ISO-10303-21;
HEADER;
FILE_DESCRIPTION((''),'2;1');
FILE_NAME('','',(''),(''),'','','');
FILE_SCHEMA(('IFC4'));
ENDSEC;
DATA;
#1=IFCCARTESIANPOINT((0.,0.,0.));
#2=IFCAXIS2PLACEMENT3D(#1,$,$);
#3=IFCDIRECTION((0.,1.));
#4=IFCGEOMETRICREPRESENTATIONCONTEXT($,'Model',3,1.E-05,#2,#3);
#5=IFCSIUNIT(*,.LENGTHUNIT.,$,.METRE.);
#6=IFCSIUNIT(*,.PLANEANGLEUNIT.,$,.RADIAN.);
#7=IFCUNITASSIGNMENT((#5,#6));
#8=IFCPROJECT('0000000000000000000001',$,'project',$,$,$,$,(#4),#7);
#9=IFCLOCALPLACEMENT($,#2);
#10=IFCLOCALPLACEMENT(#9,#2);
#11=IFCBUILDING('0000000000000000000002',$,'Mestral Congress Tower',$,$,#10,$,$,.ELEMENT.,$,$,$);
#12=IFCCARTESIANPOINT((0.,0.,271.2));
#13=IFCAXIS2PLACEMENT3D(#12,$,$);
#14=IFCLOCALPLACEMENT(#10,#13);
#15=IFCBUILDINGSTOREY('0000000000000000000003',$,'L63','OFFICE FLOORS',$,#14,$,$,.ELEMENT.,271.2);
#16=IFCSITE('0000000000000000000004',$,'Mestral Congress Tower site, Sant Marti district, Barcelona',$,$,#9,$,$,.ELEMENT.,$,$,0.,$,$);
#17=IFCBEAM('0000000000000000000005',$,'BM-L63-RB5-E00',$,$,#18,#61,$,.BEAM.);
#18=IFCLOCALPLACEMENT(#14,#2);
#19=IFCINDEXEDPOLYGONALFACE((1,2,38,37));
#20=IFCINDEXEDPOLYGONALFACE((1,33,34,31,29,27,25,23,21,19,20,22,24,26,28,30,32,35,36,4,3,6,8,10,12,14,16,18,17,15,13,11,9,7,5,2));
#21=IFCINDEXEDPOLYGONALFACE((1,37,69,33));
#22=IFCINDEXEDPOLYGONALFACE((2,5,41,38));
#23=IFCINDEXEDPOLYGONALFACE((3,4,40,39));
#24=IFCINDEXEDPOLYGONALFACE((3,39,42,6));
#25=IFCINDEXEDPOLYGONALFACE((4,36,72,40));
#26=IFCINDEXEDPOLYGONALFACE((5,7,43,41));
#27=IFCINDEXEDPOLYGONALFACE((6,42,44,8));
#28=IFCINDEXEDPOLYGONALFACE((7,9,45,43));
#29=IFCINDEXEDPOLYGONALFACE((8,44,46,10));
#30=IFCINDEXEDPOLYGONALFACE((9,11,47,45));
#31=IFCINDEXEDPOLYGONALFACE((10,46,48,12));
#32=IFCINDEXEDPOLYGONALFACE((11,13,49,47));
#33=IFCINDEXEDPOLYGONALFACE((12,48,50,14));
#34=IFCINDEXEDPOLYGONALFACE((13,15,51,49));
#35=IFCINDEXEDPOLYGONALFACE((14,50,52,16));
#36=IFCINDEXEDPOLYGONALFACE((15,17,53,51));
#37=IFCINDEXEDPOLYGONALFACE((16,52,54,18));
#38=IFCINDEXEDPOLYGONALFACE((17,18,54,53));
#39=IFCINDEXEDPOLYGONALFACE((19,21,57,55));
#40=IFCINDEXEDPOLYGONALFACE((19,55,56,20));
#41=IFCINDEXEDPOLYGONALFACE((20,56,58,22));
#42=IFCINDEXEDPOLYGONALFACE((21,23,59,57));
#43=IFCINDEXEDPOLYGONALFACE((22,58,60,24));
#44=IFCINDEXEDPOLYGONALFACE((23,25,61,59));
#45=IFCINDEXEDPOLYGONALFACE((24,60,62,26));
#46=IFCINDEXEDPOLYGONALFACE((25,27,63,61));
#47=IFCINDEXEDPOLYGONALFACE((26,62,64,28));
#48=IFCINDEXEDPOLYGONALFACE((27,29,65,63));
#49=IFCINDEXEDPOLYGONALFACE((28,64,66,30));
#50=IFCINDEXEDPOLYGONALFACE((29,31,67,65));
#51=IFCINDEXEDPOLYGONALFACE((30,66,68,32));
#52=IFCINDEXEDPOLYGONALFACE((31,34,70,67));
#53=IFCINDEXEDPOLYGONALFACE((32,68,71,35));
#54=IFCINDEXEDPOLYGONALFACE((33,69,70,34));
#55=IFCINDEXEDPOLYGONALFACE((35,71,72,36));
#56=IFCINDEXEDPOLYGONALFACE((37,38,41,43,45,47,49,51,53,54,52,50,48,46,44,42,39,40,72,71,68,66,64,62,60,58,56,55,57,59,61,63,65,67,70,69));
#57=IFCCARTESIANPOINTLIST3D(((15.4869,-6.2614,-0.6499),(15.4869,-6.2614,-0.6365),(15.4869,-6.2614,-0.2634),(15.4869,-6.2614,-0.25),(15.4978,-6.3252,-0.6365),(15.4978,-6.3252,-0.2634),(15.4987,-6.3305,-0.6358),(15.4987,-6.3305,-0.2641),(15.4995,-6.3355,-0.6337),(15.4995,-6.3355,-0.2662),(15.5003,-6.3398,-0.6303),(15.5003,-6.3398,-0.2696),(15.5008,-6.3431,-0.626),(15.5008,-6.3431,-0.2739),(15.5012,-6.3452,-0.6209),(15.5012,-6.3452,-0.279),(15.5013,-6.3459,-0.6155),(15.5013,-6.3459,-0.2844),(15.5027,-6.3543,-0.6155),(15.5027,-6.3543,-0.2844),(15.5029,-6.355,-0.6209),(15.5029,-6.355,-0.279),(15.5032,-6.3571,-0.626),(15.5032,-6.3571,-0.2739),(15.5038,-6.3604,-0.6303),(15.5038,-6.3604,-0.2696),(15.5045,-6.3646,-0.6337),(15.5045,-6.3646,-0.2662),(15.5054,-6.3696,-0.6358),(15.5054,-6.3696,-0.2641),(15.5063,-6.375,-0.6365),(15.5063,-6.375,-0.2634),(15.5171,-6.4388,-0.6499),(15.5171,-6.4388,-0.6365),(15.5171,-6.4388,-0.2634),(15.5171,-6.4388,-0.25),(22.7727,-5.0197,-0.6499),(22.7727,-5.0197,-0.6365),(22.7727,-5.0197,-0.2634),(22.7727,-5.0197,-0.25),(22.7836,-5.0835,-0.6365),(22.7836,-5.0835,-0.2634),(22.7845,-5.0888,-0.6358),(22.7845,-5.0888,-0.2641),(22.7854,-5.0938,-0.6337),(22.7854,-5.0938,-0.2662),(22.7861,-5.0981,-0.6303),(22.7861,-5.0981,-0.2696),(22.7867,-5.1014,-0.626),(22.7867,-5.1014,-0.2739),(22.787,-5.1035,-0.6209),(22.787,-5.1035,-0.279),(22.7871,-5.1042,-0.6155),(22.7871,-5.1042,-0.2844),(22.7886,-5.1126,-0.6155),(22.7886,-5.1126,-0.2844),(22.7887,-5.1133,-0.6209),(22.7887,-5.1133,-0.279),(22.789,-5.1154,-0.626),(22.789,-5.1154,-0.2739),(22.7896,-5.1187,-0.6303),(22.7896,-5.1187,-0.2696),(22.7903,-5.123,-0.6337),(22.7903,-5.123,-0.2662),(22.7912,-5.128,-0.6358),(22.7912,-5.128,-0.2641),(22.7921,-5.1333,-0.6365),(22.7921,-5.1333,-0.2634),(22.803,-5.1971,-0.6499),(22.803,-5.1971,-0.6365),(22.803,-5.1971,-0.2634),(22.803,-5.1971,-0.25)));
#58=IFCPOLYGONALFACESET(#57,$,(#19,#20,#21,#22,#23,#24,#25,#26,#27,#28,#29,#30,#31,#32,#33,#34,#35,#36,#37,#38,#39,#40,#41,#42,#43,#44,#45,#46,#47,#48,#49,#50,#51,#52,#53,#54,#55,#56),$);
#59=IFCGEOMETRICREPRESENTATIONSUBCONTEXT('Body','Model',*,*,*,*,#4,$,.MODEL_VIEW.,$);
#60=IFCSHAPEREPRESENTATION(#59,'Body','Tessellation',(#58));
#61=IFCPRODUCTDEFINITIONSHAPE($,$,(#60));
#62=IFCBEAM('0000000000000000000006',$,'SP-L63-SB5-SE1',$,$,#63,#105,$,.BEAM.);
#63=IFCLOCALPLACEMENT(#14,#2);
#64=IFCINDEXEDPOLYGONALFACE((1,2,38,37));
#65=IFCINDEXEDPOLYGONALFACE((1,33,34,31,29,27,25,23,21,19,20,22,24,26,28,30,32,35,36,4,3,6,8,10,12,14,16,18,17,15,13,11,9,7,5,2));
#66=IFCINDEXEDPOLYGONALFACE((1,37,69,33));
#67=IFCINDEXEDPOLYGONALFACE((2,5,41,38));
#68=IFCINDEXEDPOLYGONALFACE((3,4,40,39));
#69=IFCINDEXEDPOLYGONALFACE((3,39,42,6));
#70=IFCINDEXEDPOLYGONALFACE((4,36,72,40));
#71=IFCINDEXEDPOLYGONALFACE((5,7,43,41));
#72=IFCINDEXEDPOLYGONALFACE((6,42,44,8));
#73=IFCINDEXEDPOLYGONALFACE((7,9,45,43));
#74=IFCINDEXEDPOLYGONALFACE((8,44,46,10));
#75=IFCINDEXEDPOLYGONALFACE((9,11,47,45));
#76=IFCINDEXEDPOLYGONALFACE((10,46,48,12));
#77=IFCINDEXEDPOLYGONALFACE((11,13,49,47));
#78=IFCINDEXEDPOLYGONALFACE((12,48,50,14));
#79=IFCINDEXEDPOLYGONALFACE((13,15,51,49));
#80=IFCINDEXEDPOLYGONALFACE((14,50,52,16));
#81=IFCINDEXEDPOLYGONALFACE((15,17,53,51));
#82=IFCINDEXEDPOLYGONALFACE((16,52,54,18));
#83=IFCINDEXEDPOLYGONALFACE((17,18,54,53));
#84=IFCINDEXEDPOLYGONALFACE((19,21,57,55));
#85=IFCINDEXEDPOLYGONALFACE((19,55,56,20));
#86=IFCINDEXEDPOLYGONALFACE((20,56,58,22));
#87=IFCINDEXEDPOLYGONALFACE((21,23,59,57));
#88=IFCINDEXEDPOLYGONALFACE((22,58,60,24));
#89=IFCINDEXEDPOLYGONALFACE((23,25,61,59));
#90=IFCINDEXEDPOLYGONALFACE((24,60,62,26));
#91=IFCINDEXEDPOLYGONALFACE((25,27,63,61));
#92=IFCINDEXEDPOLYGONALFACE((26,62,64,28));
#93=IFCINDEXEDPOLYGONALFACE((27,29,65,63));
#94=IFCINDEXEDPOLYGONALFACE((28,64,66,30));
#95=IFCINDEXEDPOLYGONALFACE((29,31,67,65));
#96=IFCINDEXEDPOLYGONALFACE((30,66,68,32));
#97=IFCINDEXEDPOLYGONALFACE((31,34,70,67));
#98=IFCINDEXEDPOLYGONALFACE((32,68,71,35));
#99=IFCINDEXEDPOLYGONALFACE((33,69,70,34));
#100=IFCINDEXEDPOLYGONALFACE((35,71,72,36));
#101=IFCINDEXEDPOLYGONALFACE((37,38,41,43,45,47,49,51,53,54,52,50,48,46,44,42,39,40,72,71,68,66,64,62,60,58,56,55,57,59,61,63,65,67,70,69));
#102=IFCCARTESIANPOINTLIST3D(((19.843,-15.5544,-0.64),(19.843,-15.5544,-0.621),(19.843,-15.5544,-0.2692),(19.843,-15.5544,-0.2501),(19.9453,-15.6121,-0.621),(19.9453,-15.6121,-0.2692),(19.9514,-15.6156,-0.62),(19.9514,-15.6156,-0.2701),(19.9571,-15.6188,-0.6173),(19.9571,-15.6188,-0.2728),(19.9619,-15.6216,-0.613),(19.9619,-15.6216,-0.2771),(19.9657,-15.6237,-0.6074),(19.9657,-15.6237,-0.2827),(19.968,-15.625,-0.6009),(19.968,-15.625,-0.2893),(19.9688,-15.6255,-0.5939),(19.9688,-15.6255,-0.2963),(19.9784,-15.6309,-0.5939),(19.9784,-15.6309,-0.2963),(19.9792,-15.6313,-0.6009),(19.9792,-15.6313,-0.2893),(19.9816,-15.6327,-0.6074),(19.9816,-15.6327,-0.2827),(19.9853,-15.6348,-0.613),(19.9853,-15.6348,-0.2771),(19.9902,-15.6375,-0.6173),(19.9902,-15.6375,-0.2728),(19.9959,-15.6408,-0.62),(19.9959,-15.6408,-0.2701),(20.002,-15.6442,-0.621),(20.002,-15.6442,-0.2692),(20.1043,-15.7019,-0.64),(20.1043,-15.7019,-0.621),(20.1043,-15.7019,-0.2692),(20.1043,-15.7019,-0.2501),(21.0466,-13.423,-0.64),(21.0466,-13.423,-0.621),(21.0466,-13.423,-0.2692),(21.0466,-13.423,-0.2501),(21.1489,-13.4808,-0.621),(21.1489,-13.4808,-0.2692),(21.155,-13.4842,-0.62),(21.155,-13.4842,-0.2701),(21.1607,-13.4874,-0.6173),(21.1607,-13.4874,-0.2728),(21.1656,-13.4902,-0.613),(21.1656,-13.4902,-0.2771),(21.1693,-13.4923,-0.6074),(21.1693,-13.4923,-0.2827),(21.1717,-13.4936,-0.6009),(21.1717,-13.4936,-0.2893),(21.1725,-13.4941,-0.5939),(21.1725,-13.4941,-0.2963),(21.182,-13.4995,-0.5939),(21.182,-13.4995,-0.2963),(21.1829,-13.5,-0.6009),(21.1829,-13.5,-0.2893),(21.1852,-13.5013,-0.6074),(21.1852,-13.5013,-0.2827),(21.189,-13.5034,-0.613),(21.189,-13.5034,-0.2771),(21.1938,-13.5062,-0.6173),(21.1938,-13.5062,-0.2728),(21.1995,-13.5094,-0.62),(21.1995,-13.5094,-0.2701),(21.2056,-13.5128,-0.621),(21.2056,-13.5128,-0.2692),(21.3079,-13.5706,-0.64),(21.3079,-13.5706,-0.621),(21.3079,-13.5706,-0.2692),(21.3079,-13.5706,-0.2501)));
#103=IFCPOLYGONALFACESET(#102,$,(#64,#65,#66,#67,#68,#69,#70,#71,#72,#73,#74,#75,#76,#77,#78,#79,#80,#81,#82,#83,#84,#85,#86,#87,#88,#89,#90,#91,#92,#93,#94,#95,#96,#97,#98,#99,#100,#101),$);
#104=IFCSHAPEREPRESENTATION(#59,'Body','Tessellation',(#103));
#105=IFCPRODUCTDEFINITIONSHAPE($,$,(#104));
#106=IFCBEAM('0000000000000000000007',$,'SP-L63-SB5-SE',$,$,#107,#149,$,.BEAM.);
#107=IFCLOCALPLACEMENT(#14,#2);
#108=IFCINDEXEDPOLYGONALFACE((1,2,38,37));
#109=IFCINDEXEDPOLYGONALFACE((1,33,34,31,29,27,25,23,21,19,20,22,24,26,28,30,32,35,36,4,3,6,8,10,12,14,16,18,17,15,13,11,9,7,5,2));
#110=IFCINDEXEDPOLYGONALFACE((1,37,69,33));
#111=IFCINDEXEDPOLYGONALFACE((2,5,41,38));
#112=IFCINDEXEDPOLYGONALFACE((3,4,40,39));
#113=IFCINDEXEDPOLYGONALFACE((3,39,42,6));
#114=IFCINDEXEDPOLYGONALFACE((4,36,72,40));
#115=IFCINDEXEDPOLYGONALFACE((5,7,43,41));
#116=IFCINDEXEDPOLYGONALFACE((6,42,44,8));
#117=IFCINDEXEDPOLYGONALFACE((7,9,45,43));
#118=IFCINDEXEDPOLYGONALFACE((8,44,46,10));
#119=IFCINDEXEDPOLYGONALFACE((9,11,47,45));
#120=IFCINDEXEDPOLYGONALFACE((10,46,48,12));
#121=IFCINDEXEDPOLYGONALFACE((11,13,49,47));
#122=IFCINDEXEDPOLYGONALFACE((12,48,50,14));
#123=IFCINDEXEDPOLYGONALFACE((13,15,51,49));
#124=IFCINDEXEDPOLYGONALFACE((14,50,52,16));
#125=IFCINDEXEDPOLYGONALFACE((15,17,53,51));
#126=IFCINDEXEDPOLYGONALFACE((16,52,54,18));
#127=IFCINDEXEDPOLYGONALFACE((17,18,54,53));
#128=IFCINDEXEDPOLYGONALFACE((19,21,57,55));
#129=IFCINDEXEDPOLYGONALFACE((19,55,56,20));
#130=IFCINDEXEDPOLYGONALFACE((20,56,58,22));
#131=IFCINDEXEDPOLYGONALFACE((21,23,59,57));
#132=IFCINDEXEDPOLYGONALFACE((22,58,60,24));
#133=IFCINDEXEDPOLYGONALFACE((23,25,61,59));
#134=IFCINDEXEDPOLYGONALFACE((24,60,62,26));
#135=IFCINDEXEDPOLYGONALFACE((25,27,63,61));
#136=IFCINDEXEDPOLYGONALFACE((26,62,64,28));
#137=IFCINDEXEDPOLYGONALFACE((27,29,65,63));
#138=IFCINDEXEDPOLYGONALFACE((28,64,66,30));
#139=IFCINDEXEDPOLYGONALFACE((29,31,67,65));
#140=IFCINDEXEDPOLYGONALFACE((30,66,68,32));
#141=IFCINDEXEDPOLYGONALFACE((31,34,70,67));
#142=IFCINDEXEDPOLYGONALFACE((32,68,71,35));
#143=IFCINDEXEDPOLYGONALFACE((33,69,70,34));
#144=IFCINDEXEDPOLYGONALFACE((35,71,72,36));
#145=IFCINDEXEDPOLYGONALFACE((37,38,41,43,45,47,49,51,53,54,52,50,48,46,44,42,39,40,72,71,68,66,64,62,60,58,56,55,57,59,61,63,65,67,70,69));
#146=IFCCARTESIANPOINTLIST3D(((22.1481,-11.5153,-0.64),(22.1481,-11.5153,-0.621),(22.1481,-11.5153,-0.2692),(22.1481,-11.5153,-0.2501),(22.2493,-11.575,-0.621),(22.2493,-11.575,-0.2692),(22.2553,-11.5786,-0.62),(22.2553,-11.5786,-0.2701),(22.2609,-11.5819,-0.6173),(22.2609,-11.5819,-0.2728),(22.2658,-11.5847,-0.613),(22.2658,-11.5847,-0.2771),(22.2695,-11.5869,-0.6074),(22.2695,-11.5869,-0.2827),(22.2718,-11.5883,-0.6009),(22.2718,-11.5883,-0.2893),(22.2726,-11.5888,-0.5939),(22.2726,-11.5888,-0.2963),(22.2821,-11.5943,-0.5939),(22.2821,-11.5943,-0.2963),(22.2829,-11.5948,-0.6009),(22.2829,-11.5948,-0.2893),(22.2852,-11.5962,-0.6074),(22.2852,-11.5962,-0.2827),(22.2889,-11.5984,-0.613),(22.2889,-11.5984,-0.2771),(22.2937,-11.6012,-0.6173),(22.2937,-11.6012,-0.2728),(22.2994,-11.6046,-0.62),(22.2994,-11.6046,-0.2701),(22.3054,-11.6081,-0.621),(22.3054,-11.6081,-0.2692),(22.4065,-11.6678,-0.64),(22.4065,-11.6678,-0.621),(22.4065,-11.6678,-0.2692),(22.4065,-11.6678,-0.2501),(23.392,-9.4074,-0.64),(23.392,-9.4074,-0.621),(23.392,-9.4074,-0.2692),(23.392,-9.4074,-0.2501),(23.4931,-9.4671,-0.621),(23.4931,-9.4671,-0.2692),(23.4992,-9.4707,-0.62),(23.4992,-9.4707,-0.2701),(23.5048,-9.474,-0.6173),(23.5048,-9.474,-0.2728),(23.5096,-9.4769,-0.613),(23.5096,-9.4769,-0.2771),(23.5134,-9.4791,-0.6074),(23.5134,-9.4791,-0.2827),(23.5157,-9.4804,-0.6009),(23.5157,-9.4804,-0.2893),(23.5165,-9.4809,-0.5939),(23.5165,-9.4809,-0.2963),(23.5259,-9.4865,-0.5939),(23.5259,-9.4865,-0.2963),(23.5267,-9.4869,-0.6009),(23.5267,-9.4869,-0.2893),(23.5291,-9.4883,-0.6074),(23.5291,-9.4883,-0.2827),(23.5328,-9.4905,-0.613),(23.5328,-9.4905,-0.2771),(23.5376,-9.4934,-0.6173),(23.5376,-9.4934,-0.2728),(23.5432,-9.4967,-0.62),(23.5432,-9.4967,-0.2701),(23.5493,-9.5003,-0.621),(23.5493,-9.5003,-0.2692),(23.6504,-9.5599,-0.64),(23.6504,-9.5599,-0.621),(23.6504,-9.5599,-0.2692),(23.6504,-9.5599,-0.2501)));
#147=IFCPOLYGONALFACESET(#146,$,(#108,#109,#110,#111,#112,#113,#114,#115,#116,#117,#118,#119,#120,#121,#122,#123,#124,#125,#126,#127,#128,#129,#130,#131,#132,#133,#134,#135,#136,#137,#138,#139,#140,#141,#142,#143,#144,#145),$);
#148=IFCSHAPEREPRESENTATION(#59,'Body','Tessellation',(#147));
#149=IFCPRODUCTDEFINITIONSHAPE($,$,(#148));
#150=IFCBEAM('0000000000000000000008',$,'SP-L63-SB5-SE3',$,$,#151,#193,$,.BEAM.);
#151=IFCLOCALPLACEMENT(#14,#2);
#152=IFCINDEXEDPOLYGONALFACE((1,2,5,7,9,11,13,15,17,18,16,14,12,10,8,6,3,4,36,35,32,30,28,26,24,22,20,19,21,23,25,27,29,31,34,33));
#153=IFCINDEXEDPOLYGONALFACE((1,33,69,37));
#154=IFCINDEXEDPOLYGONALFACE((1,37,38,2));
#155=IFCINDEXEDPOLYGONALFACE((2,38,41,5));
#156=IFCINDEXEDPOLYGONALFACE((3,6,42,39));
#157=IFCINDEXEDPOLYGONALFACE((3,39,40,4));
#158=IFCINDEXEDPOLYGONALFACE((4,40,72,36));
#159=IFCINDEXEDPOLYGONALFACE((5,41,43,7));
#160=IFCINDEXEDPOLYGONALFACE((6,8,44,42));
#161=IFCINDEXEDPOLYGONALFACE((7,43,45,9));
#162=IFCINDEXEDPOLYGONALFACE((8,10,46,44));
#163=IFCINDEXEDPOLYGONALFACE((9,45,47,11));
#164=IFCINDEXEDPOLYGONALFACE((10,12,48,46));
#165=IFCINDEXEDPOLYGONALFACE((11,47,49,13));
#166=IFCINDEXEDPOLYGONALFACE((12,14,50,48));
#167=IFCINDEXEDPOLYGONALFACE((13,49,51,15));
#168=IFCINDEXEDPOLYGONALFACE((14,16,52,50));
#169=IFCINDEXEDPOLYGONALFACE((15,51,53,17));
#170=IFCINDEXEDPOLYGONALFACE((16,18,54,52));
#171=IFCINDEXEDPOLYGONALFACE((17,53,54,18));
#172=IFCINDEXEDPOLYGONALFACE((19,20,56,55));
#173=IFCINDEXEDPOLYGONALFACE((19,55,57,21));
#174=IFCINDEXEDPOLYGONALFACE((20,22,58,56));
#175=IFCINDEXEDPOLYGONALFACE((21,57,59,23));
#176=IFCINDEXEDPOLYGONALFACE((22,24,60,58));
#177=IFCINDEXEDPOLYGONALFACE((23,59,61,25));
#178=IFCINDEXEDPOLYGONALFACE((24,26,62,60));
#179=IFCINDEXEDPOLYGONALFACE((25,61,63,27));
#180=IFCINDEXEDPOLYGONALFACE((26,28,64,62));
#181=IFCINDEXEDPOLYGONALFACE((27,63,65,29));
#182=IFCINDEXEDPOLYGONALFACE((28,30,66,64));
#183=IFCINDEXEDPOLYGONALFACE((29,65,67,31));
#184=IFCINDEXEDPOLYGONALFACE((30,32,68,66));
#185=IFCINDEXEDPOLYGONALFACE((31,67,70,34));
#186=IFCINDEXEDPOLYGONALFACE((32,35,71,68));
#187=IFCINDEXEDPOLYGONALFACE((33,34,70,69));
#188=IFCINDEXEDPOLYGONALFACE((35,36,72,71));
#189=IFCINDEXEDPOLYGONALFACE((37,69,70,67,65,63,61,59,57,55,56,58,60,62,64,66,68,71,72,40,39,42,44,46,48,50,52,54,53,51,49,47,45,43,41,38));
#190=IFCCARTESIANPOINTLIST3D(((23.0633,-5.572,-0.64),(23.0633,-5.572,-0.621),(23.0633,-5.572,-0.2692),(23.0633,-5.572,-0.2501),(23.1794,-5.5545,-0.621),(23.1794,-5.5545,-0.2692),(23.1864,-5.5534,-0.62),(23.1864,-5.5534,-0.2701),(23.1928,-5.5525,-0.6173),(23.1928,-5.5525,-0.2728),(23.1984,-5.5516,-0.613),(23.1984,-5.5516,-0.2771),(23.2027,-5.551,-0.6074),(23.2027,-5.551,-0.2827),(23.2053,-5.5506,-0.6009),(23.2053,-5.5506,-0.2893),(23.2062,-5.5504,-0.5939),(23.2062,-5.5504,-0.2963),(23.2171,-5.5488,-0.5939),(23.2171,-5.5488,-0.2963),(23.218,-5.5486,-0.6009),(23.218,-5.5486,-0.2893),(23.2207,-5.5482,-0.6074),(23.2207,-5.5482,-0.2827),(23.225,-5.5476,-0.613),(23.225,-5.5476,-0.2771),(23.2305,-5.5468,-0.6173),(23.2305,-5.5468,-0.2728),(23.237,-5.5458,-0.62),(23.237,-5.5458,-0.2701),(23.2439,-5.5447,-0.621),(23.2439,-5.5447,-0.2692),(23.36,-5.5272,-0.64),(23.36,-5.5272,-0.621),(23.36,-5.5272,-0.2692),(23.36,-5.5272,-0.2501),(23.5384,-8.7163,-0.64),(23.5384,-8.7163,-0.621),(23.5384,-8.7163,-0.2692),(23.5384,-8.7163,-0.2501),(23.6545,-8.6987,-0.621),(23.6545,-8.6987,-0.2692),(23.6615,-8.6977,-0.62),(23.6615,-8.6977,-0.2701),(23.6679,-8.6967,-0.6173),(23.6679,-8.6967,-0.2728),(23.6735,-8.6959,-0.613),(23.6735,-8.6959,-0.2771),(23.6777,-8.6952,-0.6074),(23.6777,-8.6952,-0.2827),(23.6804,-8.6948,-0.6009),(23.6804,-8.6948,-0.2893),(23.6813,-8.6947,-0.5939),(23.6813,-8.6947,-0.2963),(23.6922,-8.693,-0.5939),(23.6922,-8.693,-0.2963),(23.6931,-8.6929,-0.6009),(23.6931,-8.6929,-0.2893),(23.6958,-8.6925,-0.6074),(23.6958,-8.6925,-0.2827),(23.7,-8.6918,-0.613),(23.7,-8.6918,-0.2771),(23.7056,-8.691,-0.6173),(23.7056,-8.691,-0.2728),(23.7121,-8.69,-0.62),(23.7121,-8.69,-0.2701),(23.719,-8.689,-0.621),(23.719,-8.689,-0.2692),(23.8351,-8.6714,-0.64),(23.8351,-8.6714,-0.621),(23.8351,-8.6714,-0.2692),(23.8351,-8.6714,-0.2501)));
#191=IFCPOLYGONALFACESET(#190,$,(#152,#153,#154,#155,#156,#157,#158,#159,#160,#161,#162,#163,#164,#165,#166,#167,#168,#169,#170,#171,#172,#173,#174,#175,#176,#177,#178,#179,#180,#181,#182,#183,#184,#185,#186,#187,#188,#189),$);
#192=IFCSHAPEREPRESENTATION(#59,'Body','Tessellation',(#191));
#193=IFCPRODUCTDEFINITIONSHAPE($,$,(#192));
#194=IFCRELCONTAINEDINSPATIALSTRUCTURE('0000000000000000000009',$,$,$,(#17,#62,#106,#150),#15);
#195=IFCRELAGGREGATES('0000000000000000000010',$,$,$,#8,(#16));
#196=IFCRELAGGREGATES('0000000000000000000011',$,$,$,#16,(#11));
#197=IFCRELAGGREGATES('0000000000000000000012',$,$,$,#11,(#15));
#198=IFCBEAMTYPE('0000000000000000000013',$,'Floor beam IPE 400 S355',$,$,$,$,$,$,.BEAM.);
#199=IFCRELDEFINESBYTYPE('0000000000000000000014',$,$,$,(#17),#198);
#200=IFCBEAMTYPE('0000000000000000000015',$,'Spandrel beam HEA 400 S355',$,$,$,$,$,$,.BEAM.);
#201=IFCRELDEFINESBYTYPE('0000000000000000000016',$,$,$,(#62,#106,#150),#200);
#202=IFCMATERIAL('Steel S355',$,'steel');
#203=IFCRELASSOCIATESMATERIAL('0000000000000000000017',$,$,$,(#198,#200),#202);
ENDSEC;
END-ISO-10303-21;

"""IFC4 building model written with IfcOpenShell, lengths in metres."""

from ifc_helpers import new_model, si_unit, direction, frame, origin, origin_2d, place, context, subcontext, project, spatial, i_section, extrude, material, material_profile, profile_set, type_object, element, save


model = new_model("IFC4")

# Units and contexts
model_context = context("Model", 3, precision=1e-05, world=origin(), true_north=direction((0.0, 1.0)))
body_context = subcontext(model_context, "Body", "Model", "MODEL_VIEW")
ifc_project = project(units=[si_unit("LENGTHUNIT", "METRE"), si_unit("PLANEANGLEUNIT", "RADIAN")], contexts=[model_context])

# Site, building, storey
site_placement = place(None, origin())
site = spatial("IfcSite", under=ifc_project, at=site_placement, Name="Mestral Congress Tower site, Sant Marti district, Barcelona", CompositionType="ELEMENT", RefElevation=0.0)
building_placement = place(site_placement, origin())
building = spatial("IfcBuilding", under=site, at=building_placement, Name="Mestral Congress Tower", CompositionType="ELEMENT")
storey_placement = place(building_placement, frame((0.0, 0.0, 271.2)))
storey = spatial("IfcBuildingStorey", under=building, at=storey_placement, Name="L63", Description="OFFICE FLOORS", CompositionType="ELEMENT", Elevation=271.2)

# Beams
ifc_material_1 = material(Name="Steel S355", Category="steel")
ifc_material_profile_1 = material_profile(ifc_material_1, i_section(OverallWidth=0.1799, OverallDepth=0.3999, WebThickness=0.0085, FlangeThickness=0.0134, FilletRadius=0.021, at=origin_2d()), Name="IPE 400")
ifc_profile_set_1 = profile_set([ifc_material_profile_1], Name="Steel S355")
beam_type_1 = type_object("IfcBeamType", Name="Floor beam IPE 400 S355", PredefinedType="BEAM", material=ifc_profile_set_1)
beam_1_placement = place(storey_placement, frame((22.7878, -5.1084, -0.45), z_axis=(-0.985787, -0.168003, 0.0), x_axis=(0.168003, -0.985787, 0.0)))
element("IfcBeam", 1, at=beam_1_placement, inside=storey, type_object=beam_type_1, Name="BM-L63-RB5-E00", PredefinedType="BEAM", context=body_context, shape_type="SweptSolid", body=[
    extrude(i_section(OverallWidth=0.1799, OverallDepth=0.3999, WebThickness=0.0085, FlangeThickness=0.0134, FilletRadius=0.021, at=origin_2d()), origin(), (0.0, 0.0, 1.0), 7.3909),
])
ifc_material_profile_2 = material_profile(ifc_material_1, i_section(OverallWidth=0.3, OverallDepth=0.3899, WebThickness=0.011, FlangeThickness=0.019, FilletRadius=0.0271, at=origin_2d()), Name="HEA 400")
ifc_profile_set_2 = profile_set([ifc_material_profile_2], Name="Steel S355")
beam_type_2 = type_object("IfcBeamType", Name="Spandrel beam HEA 400 S355", PredefinedType="BEAM", material=ifc_profile_set_2)
beam_2_placement = place(storey_placement, frame((19.9736, -15.6282, -0.4451), z_axis=(0.491729, 0.870749, 0.0), x_axis=(-0.870749, 0.491729, 0.0)))
element("IfcBeam", 2, at=beam_2_placement, inside=storey, type_object=beam_type_2, Name="SP-L63-SB5-SE1", PredefinedType="BEAM", context=body_context, shape_type="SweptSolid", body=[
    extrude(i_section(OverallWidth=0.3, OverallDepth=0.3899, WebThickness=0.011, FlangeThickness=0.019, FilletRadius=0.0271, at=origin_2d()), origin(), (0.0, 0.0, 1.0), 2.4478),
])
beam_3_placement = place(storey_placement, frame((22.2773, -11.5916, -0.4451), z_axis=(0.508218, 0.861228, 0.0), x_axis=(-0.861228, 0.508218, 0.0)))
element("IfcBeam", 3, at=beam_3_placement, inside=storey, type_object=beam_type_2, Name="SP-L63-SB5-SE", PredefinedType="BEAM", context=body_context, shape_type="SweptSolid", body=[
    extrude(i_section(OverallWidth=0.3, OverallDepth=0.3899, WebThickness=0.011, FlangeThickness=0.019, FilletRadius=0.0271, at=origin_2d()), origin(), (0.0, 0.0, 1.0), 2.4475),
])
beam_4_placement = place(storey_placement, frame((23.6868, -8.6938, -0.4451), z_axis=(-0.149403, 0.988776, 0.0), x_axis=(-0.988776, -0.149403, 0.0)))
element("IfcBeam", 4, at=beam_4_placement, inside=storey, type_object=beam_type_2, Name="SP-L63-SB5-SE3", PredefinedType="BEAM", context=body_context, shape_type="SweptSolid", body=[
    extrude(i_section(OverallWidth=0.3, OverallDepth=0.3899, WebThickness=0.011, FlangeThickness=0.019, FilletRadius=0.0271, at=origin_2d()), origin(), (0.0, 0.0, 1.0), 3.1799),
])

save(model, "model.ifc")
